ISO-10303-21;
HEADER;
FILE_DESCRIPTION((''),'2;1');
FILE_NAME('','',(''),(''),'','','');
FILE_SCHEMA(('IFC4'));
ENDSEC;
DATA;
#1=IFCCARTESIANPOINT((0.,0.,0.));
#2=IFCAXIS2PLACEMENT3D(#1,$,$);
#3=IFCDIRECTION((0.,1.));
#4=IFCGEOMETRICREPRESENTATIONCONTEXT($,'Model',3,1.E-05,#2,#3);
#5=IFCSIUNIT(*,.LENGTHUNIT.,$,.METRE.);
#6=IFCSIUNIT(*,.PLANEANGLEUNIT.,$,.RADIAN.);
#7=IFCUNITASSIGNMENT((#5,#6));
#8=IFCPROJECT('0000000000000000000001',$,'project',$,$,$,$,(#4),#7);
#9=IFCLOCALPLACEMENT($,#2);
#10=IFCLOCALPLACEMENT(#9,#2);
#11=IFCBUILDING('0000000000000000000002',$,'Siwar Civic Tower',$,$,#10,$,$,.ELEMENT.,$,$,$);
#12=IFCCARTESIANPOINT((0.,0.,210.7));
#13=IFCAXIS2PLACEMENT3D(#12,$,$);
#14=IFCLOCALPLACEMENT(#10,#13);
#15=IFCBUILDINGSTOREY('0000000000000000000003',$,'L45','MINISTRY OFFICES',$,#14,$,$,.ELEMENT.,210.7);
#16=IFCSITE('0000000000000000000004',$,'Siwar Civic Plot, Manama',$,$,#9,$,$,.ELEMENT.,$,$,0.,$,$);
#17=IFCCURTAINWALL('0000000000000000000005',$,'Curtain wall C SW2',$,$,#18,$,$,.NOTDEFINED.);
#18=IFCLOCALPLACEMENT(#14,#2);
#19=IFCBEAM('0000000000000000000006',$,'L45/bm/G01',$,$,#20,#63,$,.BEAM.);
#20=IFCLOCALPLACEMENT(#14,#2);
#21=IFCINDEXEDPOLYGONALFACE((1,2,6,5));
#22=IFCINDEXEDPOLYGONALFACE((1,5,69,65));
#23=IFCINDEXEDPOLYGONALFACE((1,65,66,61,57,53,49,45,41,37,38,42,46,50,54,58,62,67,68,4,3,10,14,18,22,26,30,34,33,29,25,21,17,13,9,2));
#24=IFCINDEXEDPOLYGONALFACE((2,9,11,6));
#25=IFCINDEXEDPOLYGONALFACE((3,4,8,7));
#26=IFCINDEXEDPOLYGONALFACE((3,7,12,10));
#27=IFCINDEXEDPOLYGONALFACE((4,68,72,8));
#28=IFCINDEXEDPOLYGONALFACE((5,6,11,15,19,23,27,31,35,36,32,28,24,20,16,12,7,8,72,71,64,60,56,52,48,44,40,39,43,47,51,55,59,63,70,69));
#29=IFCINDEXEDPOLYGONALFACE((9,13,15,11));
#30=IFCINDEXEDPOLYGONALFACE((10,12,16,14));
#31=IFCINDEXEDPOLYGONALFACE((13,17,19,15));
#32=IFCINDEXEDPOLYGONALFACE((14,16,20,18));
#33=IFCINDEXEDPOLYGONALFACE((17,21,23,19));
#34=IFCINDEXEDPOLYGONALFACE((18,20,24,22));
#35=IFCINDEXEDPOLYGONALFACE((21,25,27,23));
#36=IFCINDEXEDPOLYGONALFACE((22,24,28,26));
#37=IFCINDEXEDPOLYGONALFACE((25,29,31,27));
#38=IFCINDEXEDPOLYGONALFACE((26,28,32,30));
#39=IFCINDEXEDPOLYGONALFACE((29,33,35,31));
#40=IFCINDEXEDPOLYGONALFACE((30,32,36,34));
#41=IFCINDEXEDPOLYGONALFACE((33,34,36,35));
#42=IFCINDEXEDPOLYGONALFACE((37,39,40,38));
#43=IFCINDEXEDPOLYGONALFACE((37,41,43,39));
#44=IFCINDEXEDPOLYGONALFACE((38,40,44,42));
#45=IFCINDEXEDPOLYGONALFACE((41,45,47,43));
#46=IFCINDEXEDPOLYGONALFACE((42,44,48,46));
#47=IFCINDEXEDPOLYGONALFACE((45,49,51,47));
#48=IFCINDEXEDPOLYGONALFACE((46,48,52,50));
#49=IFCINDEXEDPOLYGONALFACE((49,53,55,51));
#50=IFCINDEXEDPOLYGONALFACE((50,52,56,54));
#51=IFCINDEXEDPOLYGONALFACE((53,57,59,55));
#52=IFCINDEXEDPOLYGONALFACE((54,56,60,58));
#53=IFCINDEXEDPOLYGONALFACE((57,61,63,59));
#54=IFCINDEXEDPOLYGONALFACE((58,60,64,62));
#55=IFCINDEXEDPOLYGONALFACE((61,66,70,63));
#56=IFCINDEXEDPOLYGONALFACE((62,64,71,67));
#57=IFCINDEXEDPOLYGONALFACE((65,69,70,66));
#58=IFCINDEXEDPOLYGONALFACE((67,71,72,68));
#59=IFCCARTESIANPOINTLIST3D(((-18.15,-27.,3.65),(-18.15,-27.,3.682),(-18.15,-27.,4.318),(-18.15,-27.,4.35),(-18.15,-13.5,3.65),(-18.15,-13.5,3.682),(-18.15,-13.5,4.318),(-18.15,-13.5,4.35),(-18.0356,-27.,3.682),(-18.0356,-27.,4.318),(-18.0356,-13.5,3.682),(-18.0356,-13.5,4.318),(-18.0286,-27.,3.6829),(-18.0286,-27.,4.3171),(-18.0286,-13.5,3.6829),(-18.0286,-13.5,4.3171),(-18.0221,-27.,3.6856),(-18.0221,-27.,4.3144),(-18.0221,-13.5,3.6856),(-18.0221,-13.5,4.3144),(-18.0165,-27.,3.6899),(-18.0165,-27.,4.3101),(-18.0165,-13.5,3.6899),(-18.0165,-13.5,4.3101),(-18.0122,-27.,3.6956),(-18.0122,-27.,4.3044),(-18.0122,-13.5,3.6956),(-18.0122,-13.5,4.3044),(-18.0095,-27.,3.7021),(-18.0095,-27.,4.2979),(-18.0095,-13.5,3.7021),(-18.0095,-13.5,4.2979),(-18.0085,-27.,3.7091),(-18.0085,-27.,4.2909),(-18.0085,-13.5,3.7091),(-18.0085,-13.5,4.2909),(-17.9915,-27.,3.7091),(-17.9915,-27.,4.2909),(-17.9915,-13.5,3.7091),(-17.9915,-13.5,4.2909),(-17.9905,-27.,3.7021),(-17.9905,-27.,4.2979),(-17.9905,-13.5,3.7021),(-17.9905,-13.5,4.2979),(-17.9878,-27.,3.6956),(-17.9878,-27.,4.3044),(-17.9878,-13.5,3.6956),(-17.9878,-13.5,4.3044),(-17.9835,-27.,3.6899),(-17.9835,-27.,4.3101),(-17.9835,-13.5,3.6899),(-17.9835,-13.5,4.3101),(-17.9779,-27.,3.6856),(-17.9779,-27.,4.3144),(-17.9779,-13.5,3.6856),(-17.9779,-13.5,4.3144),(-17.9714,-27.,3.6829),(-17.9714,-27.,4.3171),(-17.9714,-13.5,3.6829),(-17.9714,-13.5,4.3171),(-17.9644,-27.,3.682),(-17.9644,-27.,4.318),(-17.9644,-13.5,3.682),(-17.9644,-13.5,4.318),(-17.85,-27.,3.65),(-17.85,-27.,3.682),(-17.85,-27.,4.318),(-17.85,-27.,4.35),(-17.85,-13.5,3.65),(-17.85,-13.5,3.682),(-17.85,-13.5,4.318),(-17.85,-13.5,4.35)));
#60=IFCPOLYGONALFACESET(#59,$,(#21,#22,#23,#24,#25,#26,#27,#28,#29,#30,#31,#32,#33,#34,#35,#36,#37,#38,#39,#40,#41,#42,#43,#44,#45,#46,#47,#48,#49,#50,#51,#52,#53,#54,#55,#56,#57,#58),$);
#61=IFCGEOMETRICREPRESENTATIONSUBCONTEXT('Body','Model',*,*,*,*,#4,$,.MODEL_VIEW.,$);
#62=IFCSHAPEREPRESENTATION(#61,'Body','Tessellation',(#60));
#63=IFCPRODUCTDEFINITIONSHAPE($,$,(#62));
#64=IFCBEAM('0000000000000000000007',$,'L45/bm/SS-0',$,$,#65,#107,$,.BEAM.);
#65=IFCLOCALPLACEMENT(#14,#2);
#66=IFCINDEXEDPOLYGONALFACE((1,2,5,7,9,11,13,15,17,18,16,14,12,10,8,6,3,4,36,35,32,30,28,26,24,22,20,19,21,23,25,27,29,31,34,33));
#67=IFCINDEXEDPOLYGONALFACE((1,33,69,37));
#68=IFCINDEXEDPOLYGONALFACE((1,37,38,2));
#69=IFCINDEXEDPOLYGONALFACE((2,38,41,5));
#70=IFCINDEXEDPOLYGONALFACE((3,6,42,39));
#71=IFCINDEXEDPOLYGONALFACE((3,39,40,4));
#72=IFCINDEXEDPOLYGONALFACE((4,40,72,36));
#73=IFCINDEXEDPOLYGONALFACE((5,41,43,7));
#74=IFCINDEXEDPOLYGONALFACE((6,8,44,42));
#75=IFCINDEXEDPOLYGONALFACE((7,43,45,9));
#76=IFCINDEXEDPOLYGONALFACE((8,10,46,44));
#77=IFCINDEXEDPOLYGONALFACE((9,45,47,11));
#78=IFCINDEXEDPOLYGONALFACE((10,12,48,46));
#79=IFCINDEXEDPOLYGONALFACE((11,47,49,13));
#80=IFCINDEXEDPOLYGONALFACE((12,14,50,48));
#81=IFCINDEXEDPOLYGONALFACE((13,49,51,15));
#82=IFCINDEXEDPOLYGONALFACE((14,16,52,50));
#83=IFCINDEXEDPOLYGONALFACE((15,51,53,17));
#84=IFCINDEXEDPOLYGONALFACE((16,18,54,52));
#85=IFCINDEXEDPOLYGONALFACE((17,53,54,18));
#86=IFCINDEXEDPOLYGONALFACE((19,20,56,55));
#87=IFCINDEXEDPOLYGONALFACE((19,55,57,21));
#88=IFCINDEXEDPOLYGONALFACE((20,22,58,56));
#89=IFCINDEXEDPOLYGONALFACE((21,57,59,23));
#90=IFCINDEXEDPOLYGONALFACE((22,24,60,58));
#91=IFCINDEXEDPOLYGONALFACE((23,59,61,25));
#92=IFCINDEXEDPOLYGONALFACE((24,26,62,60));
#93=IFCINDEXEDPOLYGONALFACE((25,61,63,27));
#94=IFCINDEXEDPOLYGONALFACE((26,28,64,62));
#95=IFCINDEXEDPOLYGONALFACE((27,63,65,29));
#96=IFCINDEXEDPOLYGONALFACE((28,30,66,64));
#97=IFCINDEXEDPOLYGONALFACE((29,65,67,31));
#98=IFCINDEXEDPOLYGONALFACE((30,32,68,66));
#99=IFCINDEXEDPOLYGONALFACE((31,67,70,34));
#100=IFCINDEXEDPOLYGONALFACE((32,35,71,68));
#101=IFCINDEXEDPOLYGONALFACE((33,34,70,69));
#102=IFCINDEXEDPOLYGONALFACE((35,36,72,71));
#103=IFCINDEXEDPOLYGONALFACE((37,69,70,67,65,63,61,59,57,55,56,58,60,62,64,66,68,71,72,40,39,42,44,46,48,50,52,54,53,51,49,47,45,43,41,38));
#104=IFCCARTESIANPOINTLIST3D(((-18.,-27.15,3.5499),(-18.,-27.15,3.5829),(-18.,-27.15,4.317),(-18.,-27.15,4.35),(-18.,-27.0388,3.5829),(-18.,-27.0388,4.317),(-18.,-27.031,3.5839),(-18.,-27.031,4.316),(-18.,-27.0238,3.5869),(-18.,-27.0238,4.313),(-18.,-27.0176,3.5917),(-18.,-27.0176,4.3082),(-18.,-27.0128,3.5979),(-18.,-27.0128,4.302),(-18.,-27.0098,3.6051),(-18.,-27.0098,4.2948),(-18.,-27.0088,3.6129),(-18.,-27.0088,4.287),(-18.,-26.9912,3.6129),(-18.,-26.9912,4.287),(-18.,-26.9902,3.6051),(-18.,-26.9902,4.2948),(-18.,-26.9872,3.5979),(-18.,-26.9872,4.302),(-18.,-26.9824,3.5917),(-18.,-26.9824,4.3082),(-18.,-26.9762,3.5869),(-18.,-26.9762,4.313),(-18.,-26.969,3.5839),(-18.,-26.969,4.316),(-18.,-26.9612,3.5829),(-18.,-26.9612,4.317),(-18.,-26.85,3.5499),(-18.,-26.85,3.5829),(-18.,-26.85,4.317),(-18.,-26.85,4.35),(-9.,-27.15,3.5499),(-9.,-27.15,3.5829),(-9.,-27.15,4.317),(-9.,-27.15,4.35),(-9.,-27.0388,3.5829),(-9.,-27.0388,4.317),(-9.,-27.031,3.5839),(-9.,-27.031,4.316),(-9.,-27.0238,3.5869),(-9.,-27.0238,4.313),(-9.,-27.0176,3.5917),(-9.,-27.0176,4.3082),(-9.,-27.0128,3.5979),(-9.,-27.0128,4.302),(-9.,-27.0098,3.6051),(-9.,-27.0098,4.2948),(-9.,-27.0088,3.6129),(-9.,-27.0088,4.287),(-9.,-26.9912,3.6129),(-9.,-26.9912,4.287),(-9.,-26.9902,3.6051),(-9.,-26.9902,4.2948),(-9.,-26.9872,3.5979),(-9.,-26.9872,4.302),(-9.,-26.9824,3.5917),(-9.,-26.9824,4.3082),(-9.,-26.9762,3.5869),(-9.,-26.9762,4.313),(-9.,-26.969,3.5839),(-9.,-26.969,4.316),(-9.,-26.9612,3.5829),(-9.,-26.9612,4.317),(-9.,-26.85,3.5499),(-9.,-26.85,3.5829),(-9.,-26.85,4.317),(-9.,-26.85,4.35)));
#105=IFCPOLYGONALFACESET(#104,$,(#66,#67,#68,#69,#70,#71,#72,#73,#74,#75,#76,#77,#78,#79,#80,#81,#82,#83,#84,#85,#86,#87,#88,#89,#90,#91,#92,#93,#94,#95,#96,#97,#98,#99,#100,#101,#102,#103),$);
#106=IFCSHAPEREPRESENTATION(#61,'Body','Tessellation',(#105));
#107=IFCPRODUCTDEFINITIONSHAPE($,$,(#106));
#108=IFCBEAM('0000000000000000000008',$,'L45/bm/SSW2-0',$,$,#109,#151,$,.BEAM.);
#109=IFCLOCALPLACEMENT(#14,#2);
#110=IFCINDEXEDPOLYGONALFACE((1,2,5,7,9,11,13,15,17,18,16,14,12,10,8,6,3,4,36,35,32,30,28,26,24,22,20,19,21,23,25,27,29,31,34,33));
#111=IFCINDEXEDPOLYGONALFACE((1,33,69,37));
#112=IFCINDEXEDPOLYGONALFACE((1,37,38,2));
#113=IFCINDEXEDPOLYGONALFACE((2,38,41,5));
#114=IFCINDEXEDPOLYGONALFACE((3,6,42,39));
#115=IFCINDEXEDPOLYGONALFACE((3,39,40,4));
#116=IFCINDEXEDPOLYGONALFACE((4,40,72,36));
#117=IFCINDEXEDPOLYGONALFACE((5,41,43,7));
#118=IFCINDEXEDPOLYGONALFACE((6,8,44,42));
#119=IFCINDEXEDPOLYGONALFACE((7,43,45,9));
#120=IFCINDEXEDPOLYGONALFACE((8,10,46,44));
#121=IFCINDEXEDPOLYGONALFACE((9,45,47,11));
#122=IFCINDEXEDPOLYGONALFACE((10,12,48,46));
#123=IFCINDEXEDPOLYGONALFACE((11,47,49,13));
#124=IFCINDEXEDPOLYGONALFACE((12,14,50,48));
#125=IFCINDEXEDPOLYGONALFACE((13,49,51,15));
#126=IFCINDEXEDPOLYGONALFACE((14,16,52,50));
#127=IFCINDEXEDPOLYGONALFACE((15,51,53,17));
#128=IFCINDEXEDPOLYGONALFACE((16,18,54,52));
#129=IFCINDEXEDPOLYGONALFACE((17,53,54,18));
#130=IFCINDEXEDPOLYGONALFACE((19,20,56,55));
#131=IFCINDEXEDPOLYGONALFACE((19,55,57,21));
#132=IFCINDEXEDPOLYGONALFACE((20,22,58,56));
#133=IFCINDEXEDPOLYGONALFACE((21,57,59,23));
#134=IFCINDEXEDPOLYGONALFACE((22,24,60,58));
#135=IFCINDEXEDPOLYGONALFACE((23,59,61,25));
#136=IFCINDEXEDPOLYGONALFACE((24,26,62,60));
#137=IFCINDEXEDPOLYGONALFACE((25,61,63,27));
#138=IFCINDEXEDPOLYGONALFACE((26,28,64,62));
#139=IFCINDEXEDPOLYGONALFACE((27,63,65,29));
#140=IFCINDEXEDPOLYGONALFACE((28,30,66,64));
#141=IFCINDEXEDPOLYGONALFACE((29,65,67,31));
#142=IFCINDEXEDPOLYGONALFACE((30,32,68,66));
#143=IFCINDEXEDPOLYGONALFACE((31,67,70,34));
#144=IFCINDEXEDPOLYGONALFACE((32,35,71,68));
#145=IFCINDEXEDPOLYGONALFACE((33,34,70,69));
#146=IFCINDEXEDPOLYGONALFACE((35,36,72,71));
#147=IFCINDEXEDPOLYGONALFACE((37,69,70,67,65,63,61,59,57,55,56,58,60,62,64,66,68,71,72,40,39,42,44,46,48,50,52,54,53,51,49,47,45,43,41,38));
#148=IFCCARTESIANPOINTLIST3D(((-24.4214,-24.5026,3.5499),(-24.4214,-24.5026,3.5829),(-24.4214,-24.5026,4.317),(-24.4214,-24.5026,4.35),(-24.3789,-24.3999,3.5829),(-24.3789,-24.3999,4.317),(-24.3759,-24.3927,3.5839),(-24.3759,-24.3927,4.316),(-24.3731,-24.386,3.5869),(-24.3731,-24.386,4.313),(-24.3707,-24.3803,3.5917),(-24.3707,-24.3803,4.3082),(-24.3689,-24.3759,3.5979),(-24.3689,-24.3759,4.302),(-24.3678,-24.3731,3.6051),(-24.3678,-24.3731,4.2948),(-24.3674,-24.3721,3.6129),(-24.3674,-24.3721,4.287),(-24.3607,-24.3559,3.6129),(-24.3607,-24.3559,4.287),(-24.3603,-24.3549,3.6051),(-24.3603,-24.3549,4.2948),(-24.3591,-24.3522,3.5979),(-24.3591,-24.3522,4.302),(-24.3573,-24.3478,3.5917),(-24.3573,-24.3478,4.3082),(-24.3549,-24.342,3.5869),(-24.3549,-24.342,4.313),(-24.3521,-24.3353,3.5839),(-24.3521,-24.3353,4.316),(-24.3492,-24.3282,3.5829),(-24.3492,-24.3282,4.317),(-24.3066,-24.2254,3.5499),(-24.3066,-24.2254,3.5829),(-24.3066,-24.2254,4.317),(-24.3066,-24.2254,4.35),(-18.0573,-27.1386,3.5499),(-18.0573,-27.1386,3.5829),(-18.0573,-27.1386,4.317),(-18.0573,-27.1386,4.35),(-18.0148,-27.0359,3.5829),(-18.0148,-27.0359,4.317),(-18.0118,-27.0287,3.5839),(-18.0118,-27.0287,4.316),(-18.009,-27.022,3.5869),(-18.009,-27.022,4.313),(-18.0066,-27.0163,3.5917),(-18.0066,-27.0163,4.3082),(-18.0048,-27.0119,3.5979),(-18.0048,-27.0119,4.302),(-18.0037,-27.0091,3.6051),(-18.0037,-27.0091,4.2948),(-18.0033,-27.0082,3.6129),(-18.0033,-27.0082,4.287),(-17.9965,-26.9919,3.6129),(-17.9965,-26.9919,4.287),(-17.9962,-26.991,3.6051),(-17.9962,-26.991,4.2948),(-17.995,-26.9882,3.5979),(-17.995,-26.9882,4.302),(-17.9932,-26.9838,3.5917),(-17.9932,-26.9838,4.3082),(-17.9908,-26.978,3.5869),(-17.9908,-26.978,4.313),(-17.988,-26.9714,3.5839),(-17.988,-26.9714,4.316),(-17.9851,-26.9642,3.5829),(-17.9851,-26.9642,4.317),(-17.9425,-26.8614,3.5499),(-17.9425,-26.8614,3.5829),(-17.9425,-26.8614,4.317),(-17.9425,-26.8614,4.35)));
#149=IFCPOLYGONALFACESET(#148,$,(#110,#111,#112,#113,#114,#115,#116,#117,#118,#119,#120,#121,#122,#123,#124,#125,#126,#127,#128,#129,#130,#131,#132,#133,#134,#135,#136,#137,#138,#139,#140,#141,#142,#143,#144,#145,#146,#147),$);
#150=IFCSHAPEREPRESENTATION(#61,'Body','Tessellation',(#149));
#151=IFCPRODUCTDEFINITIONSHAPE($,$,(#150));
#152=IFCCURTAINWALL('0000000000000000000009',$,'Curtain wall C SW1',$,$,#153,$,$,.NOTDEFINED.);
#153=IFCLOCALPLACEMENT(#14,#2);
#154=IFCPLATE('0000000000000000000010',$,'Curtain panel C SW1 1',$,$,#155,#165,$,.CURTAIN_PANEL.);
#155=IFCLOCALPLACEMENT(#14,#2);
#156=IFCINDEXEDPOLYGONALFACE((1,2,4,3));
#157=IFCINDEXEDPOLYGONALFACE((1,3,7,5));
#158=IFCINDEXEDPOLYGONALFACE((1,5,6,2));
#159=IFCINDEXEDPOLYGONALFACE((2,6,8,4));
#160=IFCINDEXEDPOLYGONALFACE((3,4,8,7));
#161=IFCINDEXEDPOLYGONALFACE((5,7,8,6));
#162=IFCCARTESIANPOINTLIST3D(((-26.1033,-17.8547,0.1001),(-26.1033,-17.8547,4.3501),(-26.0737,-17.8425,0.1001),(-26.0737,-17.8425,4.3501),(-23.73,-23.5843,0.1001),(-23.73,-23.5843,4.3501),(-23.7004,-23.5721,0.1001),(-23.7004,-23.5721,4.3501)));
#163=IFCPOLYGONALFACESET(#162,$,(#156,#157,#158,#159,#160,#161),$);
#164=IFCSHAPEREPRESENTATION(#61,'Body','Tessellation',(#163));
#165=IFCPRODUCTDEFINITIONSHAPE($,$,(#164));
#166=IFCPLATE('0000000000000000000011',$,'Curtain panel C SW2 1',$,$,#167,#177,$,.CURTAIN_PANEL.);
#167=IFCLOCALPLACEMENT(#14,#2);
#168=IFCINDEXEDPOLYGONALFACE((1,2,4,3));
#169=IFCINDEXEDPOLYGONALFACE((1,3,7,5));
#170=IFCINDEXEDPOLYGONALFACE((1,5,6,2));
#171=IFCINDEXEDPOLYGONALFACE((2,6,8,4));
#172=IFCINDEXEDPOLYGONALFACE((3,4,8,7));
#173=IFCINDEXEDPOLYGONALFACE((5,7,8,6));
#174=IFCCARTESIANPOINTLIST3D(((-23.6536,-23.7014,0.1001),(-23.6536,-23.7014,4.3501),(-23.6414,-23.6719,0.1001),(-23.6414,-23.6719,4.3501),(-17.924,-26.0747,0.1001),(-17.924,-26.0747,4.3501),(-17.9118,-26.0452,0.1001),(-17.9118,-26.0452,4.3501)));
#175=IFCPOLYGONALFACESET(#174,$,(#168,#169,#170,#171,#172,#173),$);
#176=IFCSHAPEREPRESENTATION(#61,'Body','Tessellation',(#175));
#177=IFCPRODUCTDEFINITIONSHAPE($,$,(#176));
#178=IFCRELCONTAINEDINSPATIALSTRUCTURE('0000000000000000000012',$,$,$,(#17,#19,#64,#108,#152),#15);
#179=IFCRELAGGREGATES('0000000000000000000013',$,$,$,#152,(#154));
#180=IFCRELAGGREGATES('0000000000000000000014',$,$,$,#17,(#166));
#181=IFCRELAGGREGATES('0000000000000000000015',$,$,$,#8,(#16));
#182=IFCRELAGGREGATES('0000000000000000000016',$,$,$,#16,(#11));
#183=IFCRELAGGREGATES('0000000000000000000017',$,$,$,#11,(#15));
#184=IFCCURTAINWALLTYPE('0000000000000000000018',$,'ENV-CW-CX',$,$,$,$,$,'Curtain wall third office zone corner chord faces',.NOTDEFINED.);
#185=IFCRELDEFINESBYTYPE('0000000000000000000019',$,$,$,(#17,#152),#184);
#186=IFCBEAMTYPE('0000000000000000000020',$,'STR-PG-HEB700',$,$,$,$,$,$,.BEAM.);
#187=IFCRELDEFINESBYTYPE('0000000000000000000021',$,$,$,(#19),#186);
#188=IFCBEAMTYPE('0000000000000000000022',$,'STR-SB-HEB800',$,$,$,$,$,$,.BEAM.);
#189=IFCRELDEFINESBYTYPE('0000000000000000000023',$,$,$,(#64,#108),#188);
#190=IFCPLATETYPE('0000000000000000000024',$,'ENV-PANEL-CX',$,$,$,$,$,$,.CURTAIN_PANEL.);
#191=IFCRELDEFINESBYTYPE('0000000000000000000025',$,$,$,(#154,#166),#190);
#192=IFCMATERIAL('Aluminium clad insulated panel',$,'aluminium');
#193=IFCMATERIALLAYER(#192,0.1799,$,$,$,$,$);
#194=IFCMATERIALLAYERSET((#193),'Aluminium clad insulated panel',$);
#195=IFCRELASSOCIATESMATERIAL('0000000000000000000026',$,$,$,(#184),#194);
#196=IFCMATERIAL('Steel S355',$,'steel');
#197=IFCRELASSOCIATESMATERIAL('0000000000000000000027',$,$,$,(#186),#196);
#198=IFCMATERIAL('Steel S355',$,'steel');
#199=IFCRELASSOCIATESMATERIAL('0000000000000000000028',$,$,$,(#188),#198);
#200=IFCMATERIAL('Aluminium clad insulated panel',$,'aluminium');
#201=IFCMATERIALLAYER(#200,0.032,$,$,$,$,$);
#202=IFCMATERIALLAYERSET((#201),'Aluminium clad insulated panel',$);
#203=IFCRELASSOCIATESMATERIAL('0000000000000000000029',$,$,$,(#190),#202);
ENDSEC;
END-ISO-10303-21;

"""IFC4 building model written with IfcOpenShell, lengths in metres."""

from ifc_helpers import new_model, si_unit, direction, frame, origin, origin_2d, place, context, subcontext, project, spatial, rectangle, i_section, extrude, material, layer, layer_set, material_profile, profile_set, type_object, element, aggregate, save


model = new_model("IFC4")

# Units and contexts
model_context = context("Model", 3, precision=1e-05, world=origin(), true_north=direction((0.0, 1.0)))
body_context = subcontext(model_context, "Body", "Model", "MODEL_VIEW")
ifc_project = project(units=[si_unit("LENGTHUNIT", "METRE"), si_unit("PLANEANGLEUNIT", "RADIAN")], contexts=[model_context])

# Site, building, storey
site_placement = place(None, origin())
site = spatial("IfcSite", under=ifc_project, at=site_placement, Name="Siwar Civic Plot, Manama", CompositionType="ELEMENT", RefElevation=0.0)
building_placement = place(site_placement, origin())
building = spatial("IfcBuilding", under=site, at=building_placement, Name="Siwar Civic Tower", CompositionType="ELEMENT")
storey_placement = place(building_placement, frame((0.0, 0.0, 210.7)))
storey = spatial("IfcBuildingStorey", under=building, at=storey_placement, Name="L45", Description="MINISTRY OFFICES", CompositionType="ELEMENT", Elevation=210.7)

# Curtain wall
ifc_material_1 = material(Name="Aluminium clad insulated panel", Category="aluminium")
ifc_layer_1 = layer(ifc_material_1, 0.1799)
ifc_layer_set_1 = layer_set([ifc_layer_1], Name="Aluminium clad insulated panel")
curtain_wall_type = type_object("IfcCurtainWallType", Name="ENV-CW-CX", ElementType="Curtain wall third office zone corner chord faces", PredefinedType="NOTDEFINED", material=ifc_layer_set_1)
curtain_wall_1_placement = place(storey_placement, origin())
curtain_wall_1 = element("IfcCurtainWall", 1, at=curtain_wall_1_placement, inside=storey, type_object=curtain_wall_type, Name="Curtain wall C SW2", PredefinedType="NOTDEFINED")

# Beams
ifc_material_2 = material(Name="Steel S355", Category="steel")
ifc_material_profile_1 = material_profile(ifc_material_2, i_section(OverallWidth=0.3, OverallDepth=0.7, WebThickness=0.0171, FlangeThickness=0.032, FilletRadius=0.0271, at=origin_2d()), Name="HEB700")
ifc_profile_set_1 = profile_set([ifc_material_profile_1], Name="Steel S355")
beam_type_1 = type_object("IfcBeamType", Name="STR-PG-HEB700", PredefinedType="BEAM", material=ifc_profile_set_1)
beam_1_placement = place(storey_placement, frame((-18.0, -27.0, 4.0), z_axis=(0.0, 1.0, 0.0), x_axis=(-1.0, 0.0, 0.0)))
element("IfcBeam", 2, at=beam_1_placement, inside=storey, type_object=beam_type_1, Name="L45/bm/G01", PredefinedType="BEAM", context=body_context, shape_type="SweptSolid", body=[
    extrude(i_section(OverallWidth=0.3, OverallDepth=0.7, WebThickness=0.0171, FlangeThickness=0.032, FilletRadius=0.0271, at=origin_2d()), origin(), (0.0, 0.0, 1.0), 13.5),
])
ifc_material_3 = material(Name="Steel S355", Category="steel")
ifc_material_profile_2 = material_profile(ifc_material_3, i_section(OverallWidth=0.3, OverallDepth=0.8, WebThickness=0.0176, FlangeThickness=0.033, FilletRadius=0.03, at=origin_2d()), Name="HEB800")
ifc_profile_set_2 = profile_set([ifc_material_profile_2], Name="Steel S355")
beam_type_2 = type_object("IfcBeamType", Name="STR-SB-HEB800", PredefinedType="BEAM", material=ifc_profile_set_2)
beam_2_placement = place(storey_placement, frame((-18.0, -27.0, 3.95), z_axis=(1.0, 0.0, 0.0), x_axis=(0.0, 1.0, 0.0)))
element("IfcBeam", 3, at=beam_2_placement, inside=storey, type_object=beam_type_2, Name="L45/bm/SS-0", PredefinedType="BEAM", context=body_context, shape_type="SweptSolid", body=[
    extrude(i_section(OverallWidth=0.3, OverallDepth=0.8, WebThickness=0.0176, FlangeThickness=0.033, FilletRadius=0.03, at=origin_2d()), origin(), (0.0, 0.0, 1.0), 9.0),
])
beam_3_placement = place(storey_placement, frame((-24.364, -24.364, 3.95), z_axis=(0.923883, -0.382674, 0.0), x_axis=(0.382674, 0.923883, 0.0)))
element("IfcBeam", 4, at=beam_3_placement, inside=storey, type_object=beam_type_2, Name="L45/bm/SSW2-0", PredefinedType="BEAM", context=body_context, shape_type="SweptSolid", body=[
    extrude(i_section(OverallWidth=0.3, OverallDepth=0.8, WebThickness=0.0176, FlangeThickness=0.033, FilletRadius=0.03, at=origin_2d()), origin(), (0.0, 0.0, 1.0), 6.8884),
])

# Curtain wall, plate
curtain_wall_2_placement = place(storey_placement, origin())
curtain_wall_2 = element("IfcCurtainWall", 5, at=curtain_wall_2_placement, inside=storey, type_object=curtain_wall_type, Name="Curtain wall C SW1", PredefinedType="NOTDEFINED")
ifc_material_4 = material(Name="Aluminium clad insulated panel", Category="aluminium")
ifc_layer_2 = layer(ifc_material_4, 0.032)
ifc_layer_set_2 = layer_set([ifc_layer_2], Name="Aluminium clad insulated panel")
plate_type = type_object("IfcPlateType", Name="ENV-PANEL-CX", PredefinedType="CURTAIN_PANEL", material=ifc_layer_set_2)
plate_1_placement = place(storey_placement, frame((-24.9019, -20.7134, 0.1001), z_axis=(0.0, 0.0, 1.0), x_axis=(0.382683, -0.92388, 0.0)))
plate_1 = element("IfcPlate", 6, at=plate_1_placement, type_object=plate_type, Name="Curtain panel C SW1 1", PredefinedType="CURTAIN_PANEL", context=body_context, shape_type="SweptSolid", body=[
    extrude(rectangle(XDim=6.2017, YDim=0.032, at=origin_2d()), origin(), (0.0, 0.0, 1.0), 4.25),
])
aggregate(curtain_wall_2, [plate_1])

# Plate
plate_2_placement = place(storey_placement, frame((-20.7827, -24.8733, 0.1001), z_axis=(0.0, 0.0, 1.0), x_axis=(0.92388, -0.382683, 0.0)))
plate_2 = element("IfcPlate", 7, at=plate_2_placement, type_object=plate_type, Name="Curtain panel C SW2 1", PredefinedType="CURTAIN_PANEL", context=body_context, shape_type="SweptSolid", body=[
    extrude(rectangle(XDim=6.2017, YDim=0.032, at=origin_2d()), origin(), (0.0, 0.0, 1.0), 4.25),
])
aggregate(curtain_wall_1, [plate_2])

save(model, "model.ifc")
